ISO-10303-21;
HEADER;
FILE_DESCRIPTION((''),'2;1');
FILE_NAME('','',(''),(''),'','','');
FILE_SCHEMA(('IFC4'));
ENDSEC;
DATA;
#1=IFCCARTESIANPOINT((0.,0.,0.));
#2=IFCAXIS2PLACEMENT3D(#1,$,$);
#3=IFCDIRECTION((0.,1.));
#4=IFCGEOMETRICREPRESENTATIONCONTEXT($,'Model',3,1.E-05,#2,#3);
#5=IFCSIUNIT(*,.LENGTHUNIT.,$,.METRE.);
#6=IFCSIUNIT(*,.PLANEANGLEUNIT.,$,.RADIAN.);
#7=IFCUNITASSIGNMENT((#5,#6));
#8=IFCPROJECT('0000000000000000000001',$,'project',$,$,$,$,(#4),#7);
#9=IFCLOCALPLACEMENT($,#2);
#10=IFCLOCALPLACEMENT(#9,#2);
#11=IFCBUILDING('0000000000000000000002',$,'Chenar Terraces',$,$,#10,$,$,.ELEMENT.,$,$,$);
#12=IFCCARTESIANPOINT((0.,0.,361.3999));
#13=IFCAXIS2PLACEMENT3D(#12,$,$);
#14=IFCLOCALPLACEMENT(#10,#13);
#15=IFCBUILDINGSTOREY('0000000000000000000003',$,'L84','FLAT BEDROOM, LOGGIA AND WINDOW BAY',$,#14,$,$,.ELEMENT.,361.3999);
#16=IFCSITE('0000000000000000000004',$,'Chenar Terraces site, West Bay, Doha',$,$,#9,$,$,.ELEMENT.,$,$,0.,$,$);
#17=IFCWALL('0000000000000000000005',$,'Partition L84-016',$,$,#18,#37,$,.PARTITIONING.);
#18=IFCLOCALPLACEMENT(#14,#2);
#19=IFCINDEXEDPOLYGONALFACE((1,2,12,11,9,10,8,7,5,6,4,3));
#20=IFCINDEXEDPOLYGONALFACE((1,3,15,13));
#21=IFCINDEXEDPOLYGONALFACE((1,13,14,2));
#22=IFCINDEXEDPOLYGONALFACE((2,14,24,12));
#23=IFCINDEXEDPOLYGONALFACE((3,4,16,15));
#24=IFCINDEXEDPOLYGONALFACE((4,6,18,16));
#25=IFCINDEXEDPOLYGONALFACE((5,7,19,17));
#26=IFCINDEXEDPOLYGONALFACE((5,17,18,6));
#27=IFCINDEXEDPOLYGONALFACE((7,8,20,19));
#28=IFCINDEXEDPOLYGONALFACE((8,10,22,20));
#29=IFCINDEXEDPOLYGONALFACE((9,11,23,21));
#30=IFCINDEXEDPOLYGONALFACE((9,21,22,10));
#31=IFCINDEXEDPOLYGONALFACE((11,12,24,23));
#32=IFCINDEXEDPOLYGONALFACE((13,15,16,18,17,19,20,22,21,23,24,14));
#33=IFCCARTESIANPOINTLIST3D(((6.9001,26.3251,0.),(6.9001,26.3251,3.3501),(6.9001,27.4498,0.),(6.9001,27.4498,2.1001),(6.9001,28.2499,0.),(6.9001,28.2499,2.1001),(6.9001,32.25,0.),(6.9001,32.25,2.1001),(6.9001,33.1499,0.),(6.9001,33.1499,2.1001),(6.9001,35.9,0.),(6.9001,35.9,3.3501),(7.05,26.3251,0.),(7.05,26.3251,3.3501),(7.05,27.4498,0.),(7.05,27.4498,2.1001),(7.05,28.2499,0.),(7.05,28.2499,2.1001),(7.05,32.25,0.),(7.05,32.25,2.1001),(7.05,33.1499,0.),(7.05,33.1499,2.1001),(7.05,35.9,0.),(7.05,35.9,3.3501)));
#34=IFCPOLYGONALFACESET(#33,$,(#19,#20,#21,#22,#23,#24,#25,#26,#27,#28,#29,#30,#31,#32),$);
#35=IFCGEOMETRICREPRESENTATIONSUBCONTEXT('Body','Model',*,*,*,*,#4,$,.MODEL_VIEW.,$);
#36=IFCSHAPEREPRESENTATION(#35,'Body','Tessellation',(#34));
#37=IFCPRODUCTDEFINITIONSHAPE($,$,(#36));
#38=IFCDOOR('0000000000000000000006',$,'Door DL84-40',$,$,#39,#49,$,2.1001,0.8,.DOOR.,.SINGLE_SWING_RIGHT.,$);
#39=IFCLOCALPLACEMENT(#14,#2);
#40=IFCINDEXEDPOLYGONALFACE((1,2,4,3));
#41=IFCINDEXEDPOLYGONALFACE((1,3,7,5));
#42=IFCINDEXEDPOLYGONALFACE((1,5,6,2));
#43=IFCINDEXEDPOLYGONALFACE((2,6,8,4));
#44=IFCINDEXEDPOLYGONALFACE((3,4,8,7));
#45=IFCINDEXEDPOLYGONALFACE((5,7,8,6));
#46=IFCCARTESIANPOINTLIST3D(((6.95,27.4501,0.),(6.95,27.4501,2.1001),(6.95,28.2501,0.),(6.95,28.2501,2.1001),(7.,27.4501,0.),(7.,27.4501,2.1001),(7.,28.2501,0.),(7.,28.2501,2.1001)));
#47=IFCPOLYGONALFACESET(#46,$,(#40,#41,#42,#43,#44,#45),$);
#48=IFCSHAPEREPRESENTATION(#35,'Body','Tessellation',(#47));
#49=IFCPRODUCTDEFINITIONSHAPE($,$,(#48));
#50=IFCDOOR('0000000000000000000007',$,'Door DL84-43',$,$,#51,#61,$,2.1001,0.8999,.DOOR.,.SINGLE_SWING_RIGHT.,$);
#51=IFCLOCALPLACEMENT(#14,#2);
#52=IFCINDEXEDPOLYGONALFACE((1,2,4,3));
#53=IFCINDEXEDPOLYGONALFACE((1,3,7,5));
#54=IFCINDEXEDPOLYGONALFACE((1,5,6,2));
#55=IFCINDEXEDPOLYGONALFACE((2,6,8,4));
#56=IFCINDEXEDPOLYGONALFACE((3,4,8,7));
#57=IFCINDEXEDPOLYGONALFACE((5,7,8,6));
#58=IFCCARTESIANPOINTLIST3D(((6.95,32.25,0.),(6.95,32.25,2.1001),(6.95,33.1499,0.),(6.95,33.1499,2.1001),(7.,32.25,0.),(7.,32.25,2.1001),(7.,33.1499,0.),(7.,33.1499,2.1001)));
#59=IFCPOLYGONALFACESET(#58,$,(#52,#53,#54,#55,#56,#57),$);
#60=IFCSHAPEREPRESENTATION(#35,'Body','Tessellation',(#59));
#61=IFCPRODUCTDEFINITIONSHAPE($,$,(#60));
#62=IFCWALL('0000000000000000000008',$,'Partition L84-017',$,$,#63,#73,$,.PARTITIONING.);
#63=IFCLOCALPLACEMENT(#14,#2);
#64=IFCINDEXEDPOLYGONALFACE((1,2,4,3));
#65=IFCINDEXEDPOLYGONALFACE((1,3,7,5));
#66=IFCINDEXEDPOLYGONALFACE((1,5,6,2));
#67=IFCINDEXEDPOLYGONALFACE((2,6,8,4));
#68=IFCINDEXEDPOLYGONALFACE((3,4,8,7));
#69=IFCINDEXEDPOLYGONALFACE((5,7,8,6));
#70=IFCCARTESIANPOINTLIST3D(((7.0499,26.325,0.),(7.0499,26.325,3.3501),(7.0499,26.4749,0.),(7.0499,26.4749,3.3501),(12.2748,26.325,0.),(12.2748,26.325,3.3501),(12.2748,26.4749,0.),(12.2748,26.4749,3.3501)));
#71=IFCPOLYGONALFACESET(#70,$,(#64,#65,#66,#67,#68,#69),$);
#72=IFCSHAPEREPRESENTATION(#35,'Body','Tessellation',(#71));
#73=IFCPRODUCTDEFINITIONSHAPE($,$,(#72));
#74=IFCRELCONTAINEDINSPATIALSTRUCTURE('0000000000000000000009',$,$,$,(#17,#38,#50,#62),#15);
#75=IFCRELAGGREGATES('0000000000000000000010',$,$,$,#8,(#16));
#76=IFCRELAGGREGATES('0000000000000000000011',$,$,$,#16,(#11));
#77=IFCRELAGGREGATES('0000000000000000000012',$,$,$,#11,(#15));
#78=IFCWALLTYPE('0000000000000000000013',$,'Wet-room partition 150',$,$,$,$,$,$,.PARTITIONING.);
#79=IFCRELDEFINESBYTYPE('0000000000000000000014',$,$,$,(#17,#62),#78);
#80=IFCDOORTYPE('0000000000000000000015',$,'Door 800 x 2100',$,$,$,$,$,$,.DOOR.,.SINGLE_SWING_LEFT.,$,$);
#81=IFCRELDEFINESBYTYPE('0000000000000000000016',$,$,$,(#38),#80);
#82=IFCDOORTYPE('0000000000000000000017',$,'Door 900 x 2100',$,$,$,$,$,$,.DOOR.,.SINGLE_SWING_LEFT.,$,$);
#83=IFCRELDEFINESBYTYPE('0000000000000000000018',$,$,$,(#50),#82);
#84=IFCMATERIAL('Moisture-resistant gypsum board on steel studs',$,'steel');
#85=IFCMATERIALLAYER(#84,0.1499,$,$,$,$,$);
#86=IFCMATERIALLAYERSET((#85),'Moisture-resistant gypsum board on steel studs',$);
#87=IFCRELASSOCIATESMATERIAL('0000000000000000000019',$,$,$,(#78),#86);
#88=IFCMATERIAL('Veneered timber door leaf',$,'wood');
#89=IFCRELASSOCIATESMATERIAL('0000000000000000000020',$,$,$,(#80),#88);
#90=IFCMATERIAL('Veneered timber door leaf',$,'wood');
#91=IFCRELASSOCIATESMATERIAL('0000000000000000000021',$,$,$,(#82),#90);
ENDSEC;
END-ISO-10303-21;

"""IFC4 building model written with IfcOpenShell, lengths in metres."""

from ifc_helpers import new_model, si_unit, direction, frame, frame_2d, origin, place, context, subcontext, project, spatial, rectangle, extrude, material, layer, layer_set, type_object, element, fill, save


model = new_model("IFC4")

# Units and contexts
model_context = context("Model", 3, precision=1e-05, world=origin(), true_north=direction((0.0, 1.0)))
body_context = subcontext(model_context, "Body", "Model", "MODEL_VIEW")
ifc_project = project(units=[si_unit("LENGTHUNIT", "METRE"), si_unit("PLANEANGLEUNIT", "RADIAN")], contexts=[model_context])

# Site, building, storey
site_placement = place(None, origin())
site = spatial("IfcSite", under=ifc_project, at=site_placement, Name="Chenar Terraces site, West Bay, Doha", CompositionType="ELEMENT", RefElevation=0.0)
building_placement = place(site_placement, origin())
building = spatial("IfcBuilding", under=site, at=building_placement, Name="Chenar Terraces", CompositionType="ELEMENT")
storey_placement = place(building_placement, frame((0.0, 0.0, 361.3999)))
storey = spatial("IfcBuildingStorey", under=building, at=storey_placement, Name="L84", Description="FLAT BEDROOM, LOGGIA AND WINDOW BAY", CompositionType="ELEMENT", Elevation=361.3999)

# Wall, openings, doors
ifc_material_1 = material(Name="Moisture-resistant gypsum board on steel studs", Category="steel")
ifc_layer_1 = layer(ifc_material_1, 0.1499)
ifc_layer_set_1 = layer_set([ifc_layer_1], Name="Moisture-resistant gypsum board on steel studs")
wall_type_1 = type_object("IfcWallType", Name="Wet-room partition 150", PredefinedType="PARTITIONING", material=ifc_layer_set_1)
wall_1_placement = place(storey_placement, frame((6.9751, 26.325, 0.0), z_axis=(0.0, 0.0, 1.0), x_axis=(0.0, 1.0, 0.0)))
wall_1 = element("IfcWall", 1, at=wall_1_placement, inside=storey, type_object=wall_type_1, Name="Partition L84-016", PredefinedType="PARTITIONING", context=body_context, shape_type="SweptSolid", body=[
    extrude(rectangle(XDim=9.575, YDim=0.1499, at=frame_2d((4.7876, 0.0))), origin(), (0.0, 0.0, 1.0), 3.3501),
])
opening_1_placement = place(wall_1_placement, frame((1.125, 0.0, 0.0)))
opening_1 = element("IfcOpeningElement", 2, at=opening_1_placement, cuts=wall_1, PredefinedType="OPENING", context=body_context, shape_type="SweptSolid", body=[
    extrude(rectangle(XDim=0.8, YDim=2.1001, at=frame_2d((0.3999, 1.05))), frame((0.0, 0.085, 0.0), z_axis=(0.0, -1.0, 0.0), x_axis=(1.0, 0.0, 0.0)), (0.0, 0.0, 1.0), 0.1699),
])
opening_2_placement = place(wall_1_placement, frame((5.925, 0.0, 0.0)))
opening_2 = element("IfcOpeningElement", 3, at=opening_2_placement, cuts=wall_1, PredefinedType="OPENING", context=body_context, shape_type="SweptSolid", body=[
    extrude(rectangle(XDim=0.8999, YDim=2.1001, at=frame_2d((0.45, 1.05))), frame((0.0, 0.085, 0.0), z_axis=(0.0, -1.0, 0.0), x_axis=(1.0, 0.0, 0.0)), (0.0, 0.0, 1.0), 0.1699),
])
ifc_material_2 = material(Name="Veneered timber door leaf", Category="wood")
door_type_1 = type_object("IfcDoorType", Name="Door 800 x 2100", OperationType="SINGLE_SWING_LEFT", PredefinedType="DOOR", material=ifc_material_2)
door_1_placement = place(opening_1_placement, frame((0.8, 0.0, 0.0), z_axis=(0.0, 0.0, 1.0), x_axis=(-1.0, 0.0, 0.0)))
door_1 = element("IfcDoor", 4, at=door_1_placement, inside=storey, type_object=door_type_1, Name="Door DL84-40", OperationType="SINGLE_SWING_RIGHT", OverallHeight=2.1001, OverallWidth=0.8, PredefinedType="DOOR", context=body_context, shape_type="SweptSolid", body=[
    extrude(rectangle(XDim=0.8, YDim=2.1001, at=frame_2d((0.3999, 1.05))), frame((0.0, 0.0249, 0.0), z_axis=(0.0, -1.0, 0.0), x_axis=(1.0, 0.0, 0.0)), (0.0, 0.0, 1.0), 0.05),
])
fill(opening_1, door_1)
ifc_material_3 = material(Name="Veneered timber door leaf", Category="wood")
door_type_2 = type_object("IfcDoorType", Name="Door 900 x 2100", OperationType="SINGLE_SWING_LEFT", PredefinedType="DOOR", material=ifc_material_3)
door_2_placement = place(opening_2_placement, frame((0.8999, 0.0, 0.0), z_axis=(0.0, 0.0, 1.0), x_axis=(-1.0, 0.0, 0.0)))
door_2 = element("IfcDoor", 5, at=door_2_placement, inside=storey, type_object=door_type_2, Name="Door DL84-43", OperationType="SINGLE_SWING_RIGHT", OverallHeight=2.1001, OverallWidth=0.8999, PredefinedType="DOOR", context=body_context, shape_type="SweptSolid", body=[
    extrude(rectangle(XDim=0.8999, YDim=2.1001, at=frame_2d((0.45, 1.05))), frame((0.0, 0.0249, 0.0), z_axis=(0.0, -1.0, 0.0), x_axis=(1.0, 0.0, 0.0)), (0.0, 0.0, 1.0), 0.05),
])
fill(opening_2, door_2)

# Wall
wall_2_placement = place(storey_placement, frame((7.05, 26.3999, 0.0), z_axis=(0.0, 0.0, 1.0), x_axis=(1.0, 0.0, 0.0)))
element("IfcWall", 6, at=wall_2_placement, inside=storey, type_object=wall_type_1, Name="Partition L84-017", PredefinedType="PARTITIONING", context=body_context, shape_type="SweptSolid", body=[
    extrude(rectangle(XDim=5.2249, YDim=0.1499, at=frame_2d((2.6123, 0.0))), origin(), (0.0, 0.0, 1.0), 3.3501),
])

save(model, "model.ifc")
